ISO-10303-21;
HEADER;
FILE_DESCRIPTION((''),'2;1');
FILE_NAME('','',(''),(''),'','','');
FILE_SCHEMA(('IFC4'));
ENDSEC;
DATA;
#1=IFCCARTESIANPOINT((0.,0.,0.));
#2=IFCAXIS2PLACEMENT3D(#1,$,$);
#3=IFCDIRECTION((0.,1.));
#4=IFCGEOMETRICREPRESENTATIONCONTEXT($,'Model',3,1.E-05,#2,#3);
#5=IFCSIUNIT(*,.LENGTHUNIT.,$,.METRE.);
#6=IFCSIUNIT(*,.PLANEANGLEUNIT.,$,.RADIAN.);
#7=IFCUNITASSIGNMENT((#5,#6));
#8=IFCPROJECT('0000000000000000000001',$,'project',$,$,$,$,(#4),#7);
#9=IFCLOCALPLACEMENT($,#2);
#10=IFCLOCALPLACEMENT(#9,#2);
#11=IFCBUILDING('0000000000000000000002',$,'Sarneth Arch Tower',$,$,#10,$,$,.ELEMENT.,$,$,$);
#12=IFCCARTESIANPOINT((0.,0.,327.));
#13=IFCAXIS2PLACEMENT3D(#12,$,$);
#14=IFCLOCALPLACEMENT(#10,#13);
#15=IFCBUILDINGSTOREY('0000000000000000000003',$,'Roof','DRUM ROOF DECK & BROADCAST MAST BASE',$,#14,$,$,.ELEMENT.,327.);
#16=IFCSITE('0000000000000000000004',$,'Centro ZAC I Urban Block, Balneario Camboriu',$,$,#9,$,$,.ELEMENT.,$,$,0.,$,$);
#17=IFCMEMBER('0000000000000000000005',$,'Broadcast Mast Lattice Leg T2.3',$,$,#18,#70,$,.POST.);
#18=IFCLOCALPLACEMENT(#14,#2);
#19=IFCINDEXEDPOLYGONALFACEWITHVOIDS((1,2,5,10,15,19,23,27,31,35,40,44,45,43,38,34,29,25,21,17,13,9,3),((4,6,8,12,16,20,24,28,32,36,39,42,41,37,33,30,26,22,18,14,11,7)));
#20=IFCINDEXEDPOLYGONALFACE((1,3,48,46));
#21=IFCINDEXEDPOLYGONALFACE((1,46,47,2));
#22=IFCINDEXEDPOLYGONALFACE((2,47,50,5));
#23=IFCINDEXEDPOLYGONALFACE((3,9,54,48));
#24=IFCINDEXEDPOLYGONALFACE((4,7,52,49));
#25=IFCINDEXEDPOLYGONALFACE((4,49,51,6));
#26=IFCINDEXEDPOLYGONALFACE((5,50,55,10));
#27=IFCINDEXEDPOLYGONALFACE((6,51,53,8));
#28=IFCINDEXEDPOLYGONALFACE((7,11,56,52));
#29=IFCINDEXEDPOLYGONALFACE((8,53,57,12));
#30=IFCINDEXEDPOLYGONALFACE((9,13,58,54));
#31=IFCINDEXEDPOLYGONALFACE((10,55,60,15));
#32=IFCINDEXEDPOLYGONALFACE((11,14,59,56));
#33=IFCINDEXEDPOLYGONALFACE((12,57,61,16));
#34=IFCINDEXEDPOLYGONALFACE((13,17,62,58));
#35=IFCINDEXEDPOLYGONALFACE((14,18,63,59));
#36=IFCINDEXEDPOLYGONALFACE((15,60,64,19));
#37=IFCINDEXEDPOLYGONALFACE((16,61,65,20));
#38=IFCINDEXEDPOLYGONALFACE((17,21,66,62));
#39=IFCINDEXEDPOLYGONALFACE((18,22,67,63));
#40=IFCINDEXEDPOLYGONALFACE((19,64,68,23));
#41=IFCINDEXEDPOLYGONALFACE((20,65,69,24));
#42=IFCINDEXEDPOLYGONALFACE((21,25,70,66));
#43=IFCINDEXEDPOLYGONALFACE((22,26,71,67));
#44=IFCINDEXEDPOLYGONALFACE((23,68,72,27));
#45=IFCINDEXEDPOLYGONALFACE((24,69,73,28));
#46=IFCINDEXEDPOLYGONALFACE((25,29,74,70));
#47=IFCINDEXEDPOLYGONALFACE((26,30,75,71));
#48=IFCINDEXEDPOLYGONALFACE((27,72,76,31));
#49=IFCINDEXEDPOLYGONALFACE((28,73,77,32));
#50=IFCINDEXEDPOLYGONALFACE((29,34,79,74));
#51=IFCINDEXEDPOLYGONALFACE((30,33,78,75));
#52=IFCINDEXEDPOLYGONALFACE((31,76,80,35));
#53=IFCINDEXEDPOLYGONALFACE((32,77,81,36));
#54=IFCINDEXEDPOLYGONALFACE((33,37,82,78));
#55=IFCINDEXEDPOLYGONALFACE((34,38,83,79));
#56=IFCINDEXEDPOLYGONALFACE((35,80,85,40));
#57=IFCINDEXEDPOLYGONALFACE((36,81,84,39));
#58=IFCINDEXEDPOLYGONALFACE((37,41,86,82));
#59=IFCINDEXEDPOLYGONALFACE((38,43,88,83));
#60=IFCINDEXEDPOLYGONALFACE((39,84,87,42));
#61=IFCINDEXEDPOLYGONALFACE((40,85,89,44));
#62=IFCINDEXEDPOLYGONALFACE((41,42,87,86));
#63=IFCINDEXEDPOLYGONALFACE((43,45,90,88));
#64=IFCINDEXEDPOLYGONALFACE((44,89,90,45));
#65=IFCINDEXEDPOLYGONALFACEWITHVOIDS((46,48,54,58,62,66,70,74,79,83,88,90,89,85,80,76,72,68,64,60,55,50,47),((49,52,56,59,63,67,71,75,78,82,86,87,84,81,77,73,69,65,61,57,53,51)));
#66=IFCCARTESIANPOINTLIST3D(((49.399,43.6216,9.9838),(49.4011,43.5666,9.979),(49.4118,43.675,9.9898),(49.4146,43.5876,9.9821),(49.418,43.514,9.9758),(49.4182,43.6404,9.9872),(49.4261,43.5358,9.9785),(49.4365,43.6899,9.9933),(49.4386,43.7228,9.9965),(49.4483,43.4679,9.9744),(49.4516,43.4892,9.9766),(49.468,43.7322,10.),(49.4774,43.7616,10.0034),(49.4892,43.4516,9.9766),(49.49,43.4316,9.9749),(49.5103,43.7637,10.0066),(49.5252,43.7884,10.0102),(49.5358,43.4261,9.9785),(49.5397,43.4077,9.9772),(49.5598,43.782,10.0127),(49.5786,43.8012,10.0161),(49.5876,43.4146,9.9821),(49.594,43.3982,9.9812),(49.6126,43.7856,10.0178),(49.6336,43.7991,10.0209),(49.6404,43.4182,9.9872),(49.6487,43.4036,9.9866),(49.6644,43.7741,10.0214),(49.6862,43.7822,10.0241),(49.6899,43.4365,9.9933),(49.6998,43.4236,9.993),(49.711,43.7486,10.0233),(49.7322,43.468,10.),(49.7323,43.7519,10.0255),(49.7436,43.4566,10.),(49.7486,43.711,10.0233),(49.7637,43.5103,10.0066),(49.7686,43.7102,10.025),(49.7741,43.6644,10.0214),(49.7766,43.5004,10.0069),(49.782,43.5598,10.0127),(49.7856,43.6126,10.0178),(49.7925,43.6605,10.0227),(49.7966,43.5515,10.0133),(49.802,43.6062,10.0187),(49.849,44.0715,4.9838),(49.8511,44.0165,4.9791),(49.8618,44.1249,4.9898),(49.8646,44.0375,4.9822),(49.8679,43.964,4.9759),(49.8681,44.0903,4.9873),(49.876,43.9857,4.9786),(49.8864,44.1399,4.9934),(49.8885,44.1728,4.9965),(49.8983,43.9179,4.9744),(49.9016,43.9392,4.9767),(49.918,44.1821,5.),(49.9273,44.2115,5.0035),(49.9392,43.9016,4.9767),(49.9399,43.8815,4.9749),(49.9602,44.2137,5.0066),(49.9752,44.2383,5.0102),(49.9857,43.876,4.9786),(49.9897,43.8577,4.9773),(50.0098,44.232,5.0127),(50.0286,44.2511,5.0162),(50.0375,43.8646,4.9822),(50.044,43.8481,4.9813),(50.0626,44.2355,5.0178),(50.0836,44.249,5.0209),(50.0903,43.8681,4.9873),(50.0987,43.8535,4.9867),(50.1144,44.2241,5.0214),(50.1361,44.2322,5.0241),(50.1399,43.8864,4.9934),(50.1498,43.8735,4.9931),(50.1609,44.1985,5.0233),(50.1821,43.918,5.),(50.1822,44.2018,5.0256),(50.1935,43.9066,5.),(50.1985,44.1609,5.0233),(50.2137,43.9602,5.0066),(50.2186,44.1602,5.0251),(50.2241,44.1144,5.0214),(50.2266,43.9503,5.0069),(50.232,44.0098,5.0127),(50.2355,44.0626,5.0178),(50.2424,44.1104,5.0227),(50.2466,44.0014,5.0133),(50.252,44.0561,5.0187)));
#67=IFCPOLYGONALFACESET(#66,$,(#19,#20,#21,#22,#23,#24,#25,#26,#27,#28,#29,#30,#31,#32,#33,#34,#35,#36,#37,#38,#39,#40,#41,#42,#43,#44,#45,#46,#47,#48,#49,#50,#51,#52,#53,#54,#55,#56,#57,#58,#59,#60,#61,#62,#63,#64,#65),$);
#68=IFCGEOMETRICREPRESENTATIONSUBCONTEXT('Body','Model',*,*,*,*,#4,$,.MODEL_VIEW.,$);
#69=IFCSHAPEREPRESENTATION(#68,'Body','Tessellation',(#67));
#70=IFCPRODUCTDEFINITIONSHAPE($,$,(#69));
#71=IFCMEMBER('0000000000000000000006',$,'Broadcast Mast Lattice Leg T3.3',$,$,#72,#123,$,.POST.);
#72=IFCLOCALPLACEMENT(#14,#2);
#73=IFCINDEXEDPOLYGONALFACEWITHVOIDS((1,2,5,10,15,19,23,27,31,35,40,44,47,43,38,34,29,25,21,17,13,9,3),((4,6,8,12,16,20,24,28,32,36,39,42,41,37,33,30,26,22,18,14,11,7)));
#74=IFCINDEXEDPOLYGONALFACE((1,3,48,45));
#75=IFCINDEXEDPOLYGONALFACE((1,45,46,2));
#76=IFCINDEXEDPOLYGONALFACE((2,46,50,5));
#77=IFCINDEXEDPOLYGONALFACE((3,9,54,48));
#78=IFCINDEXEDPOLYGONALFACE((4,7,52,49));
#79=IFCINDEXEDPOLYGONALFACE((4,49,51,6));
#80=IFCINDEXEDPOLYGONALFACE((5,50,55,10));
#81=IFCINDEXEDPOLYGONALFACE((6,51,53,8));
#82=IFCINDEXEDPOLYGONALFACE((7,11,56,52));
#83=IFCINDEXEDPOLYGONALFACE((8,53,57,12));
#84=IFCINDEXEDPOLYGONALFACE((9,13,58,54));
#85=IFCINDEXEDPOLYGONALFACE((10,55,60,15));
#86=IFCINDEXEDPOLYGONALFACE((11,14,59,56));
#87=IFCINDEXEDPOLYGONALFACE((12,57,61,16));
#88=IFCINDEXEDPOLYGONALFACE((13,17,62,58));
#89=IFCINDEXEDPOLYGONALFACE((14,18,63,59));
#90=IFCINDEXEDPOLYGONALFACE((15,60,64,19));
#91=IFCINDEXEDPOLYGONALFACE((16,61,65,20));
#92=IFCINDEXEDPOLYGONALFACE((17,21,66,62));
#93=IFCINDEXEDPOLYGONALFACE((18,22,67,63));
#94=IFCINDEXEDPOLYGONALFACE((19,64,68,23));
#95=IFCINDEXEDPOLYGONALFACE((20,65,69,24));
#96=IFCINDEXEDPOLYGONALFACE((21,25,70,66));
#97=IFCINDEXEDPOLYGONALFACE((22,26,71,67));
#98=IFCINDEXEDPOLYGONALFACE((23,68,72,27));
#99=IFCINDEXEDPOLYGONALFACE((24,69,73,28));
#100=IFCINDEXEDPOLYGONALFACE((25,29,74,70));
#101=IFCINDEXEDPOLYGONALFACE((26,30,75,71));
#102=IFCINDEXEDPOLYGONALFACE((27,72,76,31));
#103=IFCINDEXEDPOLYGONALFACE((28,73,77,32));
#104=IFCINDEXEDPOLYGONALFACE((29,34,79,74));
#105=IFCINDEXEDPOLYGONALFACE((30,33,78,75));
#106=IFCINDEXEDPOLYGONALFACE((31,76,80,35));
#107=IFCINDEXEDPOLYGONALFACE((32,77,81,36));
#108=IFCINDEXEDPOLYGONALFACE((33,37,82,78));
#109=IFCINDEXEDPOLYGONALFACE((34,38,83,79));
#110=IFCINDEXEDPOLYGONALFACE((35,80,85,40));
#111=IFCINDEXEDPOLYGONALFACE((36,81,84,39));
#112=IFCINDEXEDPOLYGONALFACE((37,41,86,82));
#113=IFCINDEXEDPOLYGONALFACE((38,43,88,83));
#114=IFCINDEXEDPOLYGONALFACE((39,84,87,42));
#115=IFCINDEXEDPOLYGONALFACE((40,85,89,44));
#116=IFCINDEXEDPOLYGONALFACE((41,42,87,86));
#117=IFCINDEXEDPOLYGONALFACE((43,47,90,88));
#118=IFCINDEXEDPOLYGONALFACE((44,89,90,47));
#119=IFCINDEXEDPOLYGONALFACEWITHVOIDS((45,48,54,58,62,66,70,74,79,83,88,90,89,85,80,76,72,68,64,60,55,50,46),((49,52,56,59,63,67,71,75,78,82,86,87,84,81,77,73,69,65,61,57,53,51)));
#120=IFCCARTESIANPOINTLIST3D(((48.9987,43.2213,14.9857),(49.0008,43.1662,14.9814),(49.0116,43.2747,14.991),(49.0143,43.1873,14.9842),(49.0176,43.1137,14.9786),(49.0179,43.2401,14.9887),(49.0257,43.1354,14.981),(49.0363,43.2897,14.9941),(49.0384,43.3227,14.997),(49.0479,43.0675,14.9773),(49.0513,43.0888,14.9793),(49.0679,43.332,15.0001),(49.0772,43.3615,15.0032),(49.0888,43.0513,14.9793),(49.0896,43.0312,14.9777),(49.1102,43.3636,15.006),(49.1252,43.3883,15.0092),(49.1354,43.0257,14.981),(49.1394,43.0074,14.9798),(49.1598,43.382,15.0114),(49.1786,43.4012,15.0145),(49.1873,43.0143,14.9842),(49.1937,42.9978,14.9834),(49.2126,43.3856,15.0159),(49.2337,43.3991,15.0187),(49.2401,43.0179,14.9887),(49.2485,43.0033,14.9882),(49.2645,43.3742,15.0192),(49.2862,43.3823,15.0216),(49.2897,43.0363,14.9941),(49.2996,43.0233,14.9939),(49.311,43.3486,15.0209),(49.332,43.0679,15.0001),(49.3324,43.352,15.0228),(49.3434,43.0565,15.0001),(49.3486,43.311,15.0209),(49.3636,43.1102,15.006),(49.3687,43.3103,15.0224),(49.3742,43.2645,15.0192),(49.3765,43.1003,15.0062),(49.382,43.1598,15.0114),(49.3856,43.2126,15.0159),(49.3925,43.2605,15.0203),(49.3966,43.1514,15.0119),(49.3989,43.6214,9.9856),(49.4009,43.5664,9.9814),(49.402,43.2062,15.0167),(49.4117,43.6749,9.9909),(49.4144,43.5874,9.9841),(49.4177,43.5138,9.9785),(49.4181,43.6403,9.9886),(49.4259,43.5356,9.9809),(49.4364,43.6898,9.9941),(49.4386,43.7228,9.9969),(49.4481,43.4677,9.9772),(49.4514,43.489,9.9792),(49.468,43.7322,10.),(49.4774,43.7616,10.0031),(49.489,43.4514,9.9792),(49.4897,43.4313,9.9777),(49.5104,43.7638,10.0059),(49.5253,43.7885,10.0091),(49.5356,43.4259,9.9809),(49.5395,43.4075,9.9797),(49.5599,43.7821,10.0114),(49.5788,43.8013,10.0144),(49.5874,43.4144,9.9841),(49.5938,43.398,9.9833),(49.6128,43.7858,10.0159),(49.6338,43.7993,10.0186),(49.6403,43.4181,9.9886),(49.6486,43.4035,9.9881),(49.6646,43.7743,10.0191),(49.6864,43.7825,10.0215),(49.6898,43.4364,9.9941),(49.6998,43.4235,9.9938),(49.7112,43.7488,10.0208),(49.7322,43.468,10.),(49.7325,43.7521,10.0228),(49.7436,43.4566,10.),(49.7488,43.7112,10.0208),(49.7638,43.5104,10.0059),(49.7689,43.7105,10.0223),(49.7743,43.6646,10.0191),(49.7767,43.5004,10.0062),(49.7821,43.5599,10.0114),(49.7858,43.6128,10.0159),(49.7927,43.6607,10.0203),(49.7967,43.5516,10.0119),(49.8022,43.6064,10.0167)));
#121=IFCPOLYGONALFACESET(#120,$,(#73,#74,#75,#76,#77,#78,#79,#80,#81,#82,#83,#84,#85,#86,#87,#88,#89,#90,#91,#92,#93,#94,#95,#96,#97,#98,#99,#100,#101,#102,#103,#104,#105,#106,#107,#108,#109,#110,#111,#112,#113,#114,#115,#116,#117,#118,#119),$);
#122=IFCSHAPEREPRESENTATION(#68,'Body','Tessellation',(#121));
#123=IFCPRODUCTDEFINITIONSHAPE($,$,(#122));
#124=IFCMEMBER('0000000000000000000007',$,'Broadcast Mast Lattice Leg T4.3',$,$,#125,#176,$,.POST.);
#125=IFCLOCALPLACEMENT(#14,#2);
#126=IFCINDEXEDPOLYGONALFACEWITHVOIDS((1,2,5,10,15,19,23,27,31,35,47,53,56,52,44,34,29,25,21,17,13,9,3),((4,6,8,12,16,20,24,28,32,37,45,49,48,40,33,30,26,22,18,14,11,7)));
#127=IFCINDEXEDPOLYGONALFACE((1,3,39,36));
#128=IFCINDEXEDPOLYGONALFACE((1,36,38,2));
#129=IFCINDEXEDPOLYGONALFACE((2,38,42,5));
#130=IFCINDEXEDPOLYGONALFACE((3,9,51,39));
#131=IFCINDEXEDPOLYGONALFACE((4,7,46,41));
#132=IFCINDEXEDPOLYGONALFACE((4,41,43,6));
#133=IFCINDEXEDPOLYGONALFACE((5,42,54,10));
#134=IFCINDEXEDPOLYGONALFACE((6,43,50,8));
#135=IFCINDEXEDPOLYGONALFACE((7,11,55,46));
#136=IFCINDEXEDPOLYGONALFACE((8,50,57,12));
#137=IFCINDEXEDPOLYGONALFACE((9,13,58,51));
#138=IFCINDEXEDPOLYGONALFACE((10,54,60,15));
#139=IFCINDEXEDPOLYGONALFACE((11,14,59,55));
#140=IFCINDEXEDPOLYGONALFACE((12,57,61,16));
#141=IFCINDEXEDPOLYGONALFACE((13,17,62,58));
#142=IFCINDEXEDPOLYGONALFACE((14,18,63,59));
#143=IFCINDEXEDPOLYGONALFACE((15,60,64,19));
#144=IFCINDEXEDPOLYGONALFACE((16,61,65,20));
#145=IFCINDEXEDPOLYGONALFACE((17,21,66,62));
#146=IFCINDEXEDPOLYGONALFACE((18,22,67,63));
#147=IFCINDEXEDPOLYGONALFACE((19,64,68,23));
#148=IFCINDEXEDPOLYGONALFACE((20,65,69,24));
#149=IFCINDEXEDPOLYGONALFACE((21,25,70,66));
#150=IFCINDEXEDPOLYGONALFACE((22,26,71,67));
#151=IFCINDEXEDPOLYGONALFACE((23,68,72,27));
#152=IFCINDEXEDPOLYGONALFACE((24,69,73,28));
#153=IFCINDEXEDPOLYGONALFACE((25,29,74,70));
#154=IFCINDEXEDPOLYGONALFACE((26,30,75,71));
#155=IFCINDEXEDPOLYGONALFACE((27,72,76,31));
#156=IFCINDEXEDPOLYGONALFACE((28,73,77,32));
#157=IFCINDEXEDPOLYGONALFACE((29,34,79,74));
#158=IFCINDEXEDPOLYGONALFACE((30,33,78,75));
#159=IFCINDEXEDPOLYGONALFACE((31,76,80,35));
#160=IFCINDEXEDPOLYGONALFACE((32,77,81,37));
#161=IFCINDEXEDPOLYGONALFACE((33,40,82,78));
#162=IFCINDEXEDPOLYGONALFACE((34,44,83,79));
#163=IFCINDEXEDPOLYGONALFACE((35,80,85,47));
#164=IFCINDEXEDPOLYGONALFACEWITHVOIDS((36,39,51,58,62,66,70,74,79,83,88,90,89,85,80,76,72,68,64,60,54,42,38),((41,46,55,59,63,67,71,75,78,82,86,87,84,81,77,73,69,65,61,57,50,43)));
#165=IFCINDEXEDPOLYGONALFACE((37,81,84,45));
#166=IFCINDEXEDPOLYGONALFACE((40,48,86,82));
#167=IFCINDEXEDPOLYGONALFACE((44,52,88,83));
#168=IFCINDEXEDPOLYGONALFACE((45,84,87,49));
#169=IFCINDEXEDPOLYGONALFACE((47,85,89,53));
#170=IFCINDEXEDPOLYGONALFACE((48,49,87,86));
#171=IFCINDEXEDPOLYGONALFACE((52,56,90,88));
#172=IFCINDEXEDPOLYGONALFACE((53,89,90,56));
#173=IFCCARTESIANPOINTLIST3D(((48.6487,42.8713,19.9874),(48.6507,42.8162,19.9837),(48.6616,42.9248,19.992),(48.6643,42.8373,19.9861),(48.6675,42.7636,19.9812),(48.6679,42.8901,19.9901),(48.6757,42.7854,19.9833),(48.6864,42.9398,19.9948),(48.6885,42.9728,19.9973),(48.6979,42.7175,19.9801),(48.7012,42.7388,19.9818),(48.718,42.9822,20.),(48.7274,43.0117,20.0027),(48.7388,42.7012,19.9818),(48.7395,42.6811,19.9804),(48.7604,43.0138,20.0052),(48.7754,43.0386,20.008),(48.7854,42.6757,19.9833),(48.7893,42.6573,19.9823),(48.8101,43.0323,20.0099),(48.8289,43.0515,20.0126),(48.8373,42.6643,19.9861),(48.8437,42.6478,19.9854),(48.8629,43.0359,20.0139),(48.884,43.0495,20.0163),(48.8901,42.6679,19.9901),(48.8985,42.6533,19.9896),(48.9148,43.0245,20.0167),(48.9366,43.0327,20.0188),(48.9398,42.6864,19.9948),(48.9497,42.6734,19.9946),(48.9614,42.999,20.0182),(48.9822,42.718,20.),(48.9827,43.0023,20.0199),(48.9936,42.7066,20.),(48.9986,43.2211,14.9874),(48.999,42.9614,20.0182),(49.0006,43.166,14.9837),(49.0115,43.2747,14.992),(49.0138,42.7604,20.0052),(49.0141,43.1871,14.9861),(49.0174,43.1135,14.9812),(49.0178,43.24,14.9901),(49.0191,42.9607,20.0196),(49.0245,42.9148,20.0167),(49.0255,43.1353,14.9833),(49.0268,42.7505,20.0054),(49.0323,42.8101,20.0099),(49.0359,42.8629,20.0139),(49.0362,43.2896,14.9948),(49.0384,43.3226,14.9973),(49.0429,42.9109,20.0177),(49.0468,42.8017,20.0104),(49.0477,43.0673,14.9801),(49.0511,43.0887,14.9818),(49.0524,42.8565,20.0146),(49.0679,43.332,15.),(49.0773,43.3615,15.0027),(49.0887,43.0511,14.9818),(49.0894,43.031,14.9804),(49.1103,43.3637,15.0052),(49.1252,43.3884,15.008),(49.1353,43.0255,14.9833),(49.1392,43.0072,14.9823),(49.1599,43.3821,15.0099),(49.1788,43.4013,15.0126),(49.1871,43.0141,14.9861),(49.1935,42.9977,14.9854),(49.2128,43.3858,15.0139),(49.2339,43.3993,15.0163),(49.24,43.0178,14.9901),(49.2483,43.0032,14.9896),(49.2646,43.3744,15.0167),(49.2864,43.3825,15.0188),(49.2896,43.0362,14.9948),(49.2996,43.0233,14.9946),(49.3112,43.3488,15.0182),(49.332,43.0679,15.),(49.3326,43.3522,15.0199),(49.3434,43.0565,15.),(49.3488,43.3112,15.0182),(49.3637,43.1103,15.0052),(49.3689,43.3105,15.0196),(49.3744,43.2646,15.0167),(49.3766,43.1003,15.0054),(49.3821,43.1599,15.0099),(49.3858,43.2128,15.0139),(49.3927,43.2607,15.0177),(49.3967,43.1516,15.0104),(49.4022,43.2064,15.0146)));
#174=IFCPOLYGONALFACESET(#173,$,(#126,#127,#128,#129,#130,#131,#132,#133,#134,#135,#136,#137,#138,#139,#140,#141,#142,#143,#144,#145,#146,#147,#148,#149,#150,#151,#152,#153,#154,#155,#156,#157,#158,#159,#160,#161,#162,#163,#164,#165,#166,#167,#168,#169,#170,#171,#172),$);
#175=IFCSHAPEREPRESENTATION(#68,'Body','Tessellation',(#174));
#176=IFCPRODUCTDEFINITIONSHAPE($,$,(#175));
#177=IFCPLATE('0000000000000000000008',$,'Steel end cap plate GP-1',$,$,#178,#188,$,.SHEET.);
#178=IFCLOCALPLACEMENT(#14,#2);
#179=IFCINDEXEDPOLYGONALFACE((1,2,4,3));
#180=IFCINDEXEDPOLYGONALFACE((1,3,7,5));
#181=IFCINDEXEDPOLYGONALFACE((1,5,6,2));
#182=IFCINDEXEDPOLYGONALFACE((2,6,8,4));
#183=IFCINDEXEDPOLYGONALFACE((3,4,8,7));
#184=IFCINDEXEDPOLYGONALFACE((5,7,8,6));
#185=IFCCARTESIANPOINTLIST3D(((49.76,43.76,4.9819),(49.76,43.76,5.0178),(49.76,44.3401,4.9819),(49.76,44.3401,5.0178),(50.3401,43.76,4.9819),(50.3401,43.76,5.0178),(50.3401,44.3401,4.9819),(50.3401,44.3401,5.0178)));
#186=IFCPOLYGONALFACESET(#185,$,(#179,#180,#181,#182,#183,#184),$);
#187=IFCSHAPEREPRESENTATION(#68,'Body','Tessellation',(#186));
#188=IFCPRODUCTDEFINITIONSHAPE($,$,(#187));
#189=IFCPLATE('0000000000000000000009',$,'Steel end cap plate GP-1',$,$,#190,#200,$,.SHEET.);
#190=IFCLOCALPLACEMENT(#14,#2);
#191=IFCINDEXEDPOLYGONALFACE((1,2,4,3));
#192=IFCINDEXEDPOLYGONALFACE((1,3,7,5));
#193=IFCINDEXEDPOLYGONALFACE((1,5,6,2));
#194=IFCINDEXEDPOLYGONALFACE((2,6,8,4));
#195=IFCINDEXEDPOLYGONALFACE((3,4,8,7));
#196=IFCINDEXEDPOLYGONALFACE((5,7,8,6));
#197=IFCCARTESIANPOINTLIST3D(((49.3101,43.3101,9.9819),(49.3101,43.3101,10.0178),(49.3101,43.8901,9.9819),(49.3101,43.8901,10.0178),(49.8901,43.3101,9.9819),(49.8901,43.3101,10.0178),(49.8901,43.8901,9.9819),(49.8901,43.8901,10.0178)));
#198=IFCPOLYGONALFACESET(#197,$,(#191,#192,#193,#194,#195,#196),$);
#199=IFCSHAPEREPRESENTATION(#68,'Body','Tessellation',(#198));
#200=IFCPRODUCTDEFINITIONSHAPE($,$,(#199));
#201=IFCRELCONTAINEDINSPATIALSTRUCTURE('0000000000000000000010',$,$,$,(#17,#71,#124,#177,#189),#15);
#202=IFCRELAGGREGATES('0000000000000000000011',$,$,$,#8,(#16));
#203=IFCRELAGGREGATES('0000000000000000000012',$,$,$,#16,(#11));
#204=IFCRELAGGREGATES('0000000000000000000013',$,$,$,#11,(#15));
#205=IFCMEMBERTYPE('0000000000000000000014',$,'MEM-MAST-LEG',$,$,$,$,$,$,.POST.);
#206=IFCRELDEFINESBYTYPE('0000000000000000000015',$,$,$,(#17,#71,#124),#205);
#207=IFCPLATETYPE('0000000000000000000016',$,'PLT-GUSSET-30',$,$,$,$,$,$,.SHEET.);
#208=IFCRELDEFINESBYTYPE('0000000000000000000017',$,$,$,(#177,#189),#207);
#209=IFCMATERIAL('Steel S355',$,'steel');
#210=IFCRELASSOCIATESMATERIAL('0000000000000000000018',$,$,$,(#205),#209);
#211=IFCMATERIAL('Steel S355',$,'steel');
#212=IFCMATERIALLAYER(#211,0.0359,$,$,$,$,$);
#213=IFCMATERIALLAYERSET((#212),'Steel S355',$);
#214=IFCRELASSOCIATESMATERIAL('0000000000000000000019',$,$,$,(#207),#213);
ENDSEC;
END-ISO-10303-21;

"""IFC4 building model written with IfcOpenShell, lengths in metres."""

from ifc_helpers import new_model, si_unit, direction, frame, origin, origin_2d, place, context, subcontext, project, spatial, rectangle, hollow_circle, extrude, material, layer, layer_set, material_profile, profile_set, type_object, element, save


model = new_model("IFC4")

# Units and contexts
model_context = context("Model", 3, precision=1e-05, world=origin(), true_north=direction((0.0, 1.0)))
body_context = subcontext(model_context, "Body", "Model", "MODEL_VIEW")
ifc_project = project(units=[si_unit("LENGTHUNIT", "METRE"), si_unit("PLANEANGLEUNIT", "RADIAN")], contexts=[model_context])

# Site, building, storey
site_placement = place(None, origin())
site = spatial("IfcSite", under=ifc_project, at=site_placement, Name="Centro ZAC I Urban Block, Balneario Camboriu", CompositionType="ELEMENT", RefElevation=0.0)
building_placement = place(site_placement, origin())
building = spatial("IfcBuilding", under=site, at=building_placement, Name="Sarneth Arch Tower", CompositionType="ELEMENT")
storey_placement = place(building_placement, frame((0.0, 0.0, 327.0)))
storey = spatial("IfcBuildingStorey", under=building, at=storey_placement, Name="Roof", Description="DRUM ROOF DECK & BROADCAST MAST BASE", CompositionType="ELEMENT", Elevation=327.0)

# Members
ifc_material_1 = material(Name="Steel S355", Category="steel")
ifc_material_profile_1 = material_profile(ifc_material_1, hollow_circle(Radius=0.2029, WallThickness=0.0161, at=origin_2d()), Name="CHS406x16")
ifc_profile_set_1 = profile_set([ifc_material_profile_1], Name="Steel S355")
member_type_1 = type_object("IfcMemberType", Name="MEM-MAST-LEG", PredefinedType="POST", material=ifc_profile_set_1)
for number, where, z_axis, x_axis, name in (
    (1, (50.05, 44.05, 5.0), (-0.08927, -0.08927, 0.991999), (0.707107, -0.707107, 0.0), "Broadcast Mast Lattice Leg T2.3"),
):
    element("IfcMember", number, at=place(storey_placement, frame(where, z_axis=z_axis, x_axis=x_axis)), inside=storey, type_object=member_type_1, Name=name, PredefinedType="POST", context=body_context, shape_type="SweptSolid", body=[
        extrude(hollow_circle(Radius=0.2029, WallThickness=0.0161, at=origin_2d()), origin(), (0.0, 0.0, 1.0), 5.0403),
    ])
member_1_placement = place(storey_placement, frame((49.6001, 43.6001, 10.0), z_axis=(-0.079522, -0.079522, 0.993656), x_axis=(0.707107, -0.707107, 0.0)))
element("IfcMember", 2, at=member_1_placement, inside=storey, type_object=member_type_1, Name="Broadcast Mast Lattice Leg T3.3", PredefinedType="POST", context=body_context, shape_type="SweptSolid", body=[
    extrude(hollow_circle(Radius=0.2029, WallThickness=0.0161, at=origin_2d()), origin(), (0.0, 0.0, 1.0), 5.032),
])
member_2_placement = place(storey_placement, frame((49.2, 43.2, 15.0), z_axis=(-0.069631, -0.069631, 0.99514), x_axis=(0.707107, -0.707107, 0.0)))
element("IfcMember", 3, at=member_2_placement, inside=storey, type_object=member_type_1, Name="Broadcast Mast Lattice Leg T4.3", PredefinedType="POST", context=body_context, shape_type="SweptSolid", body=[
    extrude(hollow_circle(Radius=0.2029, WallThickness=0.0161, at=origin_2d()), origin(), (0.0, 0.0, 1.0), 5.0244),
])

# Plates
ifc_material_2 = material(Name="Steel S355", Category="steel")
ifc_layer_1 = layer(ifc_material_2, 0.0359)
ifc_layer_set_1 = layer_set([ifc_layer_1], Name="Steel S355")
plate_type_1 = type_object("IfcPlateType", Name="PLT-GUSSET-30", PredefinedType="SHEET", material=ifc_layer_set_1)
for number, where, z_axis, x_axis, name in (
    (4, (50.05, 44.05, 4.9819), (0.0, 0.0, 1.0), (1.0, 0.0, 0.0), "Steel end cap plate GP-1"),
    (5, (49.6001, 43.6001, 9.9819), (0.0, 0.0, 1.0), (1.0, 0.0, 0.0), "Steel end cap plate GP-1"),
):
    element("IfcPlate", number, at=place(storey_placement, frame(where, z_axis=z_axis, x_axis=x_axis)), inside=storey, type_object=plate_type_1, Name=name, PredefinedType="SHEET", context=body_context, shape_type="SweptSolid", body=[
        extrude(rectangle(XDim=0.5801, YDim=0.5801, at=origin_2d()), origin(), (0.0, 0.0, 1.0), 0.0359),
    ])

save(model, "model.ifc")
